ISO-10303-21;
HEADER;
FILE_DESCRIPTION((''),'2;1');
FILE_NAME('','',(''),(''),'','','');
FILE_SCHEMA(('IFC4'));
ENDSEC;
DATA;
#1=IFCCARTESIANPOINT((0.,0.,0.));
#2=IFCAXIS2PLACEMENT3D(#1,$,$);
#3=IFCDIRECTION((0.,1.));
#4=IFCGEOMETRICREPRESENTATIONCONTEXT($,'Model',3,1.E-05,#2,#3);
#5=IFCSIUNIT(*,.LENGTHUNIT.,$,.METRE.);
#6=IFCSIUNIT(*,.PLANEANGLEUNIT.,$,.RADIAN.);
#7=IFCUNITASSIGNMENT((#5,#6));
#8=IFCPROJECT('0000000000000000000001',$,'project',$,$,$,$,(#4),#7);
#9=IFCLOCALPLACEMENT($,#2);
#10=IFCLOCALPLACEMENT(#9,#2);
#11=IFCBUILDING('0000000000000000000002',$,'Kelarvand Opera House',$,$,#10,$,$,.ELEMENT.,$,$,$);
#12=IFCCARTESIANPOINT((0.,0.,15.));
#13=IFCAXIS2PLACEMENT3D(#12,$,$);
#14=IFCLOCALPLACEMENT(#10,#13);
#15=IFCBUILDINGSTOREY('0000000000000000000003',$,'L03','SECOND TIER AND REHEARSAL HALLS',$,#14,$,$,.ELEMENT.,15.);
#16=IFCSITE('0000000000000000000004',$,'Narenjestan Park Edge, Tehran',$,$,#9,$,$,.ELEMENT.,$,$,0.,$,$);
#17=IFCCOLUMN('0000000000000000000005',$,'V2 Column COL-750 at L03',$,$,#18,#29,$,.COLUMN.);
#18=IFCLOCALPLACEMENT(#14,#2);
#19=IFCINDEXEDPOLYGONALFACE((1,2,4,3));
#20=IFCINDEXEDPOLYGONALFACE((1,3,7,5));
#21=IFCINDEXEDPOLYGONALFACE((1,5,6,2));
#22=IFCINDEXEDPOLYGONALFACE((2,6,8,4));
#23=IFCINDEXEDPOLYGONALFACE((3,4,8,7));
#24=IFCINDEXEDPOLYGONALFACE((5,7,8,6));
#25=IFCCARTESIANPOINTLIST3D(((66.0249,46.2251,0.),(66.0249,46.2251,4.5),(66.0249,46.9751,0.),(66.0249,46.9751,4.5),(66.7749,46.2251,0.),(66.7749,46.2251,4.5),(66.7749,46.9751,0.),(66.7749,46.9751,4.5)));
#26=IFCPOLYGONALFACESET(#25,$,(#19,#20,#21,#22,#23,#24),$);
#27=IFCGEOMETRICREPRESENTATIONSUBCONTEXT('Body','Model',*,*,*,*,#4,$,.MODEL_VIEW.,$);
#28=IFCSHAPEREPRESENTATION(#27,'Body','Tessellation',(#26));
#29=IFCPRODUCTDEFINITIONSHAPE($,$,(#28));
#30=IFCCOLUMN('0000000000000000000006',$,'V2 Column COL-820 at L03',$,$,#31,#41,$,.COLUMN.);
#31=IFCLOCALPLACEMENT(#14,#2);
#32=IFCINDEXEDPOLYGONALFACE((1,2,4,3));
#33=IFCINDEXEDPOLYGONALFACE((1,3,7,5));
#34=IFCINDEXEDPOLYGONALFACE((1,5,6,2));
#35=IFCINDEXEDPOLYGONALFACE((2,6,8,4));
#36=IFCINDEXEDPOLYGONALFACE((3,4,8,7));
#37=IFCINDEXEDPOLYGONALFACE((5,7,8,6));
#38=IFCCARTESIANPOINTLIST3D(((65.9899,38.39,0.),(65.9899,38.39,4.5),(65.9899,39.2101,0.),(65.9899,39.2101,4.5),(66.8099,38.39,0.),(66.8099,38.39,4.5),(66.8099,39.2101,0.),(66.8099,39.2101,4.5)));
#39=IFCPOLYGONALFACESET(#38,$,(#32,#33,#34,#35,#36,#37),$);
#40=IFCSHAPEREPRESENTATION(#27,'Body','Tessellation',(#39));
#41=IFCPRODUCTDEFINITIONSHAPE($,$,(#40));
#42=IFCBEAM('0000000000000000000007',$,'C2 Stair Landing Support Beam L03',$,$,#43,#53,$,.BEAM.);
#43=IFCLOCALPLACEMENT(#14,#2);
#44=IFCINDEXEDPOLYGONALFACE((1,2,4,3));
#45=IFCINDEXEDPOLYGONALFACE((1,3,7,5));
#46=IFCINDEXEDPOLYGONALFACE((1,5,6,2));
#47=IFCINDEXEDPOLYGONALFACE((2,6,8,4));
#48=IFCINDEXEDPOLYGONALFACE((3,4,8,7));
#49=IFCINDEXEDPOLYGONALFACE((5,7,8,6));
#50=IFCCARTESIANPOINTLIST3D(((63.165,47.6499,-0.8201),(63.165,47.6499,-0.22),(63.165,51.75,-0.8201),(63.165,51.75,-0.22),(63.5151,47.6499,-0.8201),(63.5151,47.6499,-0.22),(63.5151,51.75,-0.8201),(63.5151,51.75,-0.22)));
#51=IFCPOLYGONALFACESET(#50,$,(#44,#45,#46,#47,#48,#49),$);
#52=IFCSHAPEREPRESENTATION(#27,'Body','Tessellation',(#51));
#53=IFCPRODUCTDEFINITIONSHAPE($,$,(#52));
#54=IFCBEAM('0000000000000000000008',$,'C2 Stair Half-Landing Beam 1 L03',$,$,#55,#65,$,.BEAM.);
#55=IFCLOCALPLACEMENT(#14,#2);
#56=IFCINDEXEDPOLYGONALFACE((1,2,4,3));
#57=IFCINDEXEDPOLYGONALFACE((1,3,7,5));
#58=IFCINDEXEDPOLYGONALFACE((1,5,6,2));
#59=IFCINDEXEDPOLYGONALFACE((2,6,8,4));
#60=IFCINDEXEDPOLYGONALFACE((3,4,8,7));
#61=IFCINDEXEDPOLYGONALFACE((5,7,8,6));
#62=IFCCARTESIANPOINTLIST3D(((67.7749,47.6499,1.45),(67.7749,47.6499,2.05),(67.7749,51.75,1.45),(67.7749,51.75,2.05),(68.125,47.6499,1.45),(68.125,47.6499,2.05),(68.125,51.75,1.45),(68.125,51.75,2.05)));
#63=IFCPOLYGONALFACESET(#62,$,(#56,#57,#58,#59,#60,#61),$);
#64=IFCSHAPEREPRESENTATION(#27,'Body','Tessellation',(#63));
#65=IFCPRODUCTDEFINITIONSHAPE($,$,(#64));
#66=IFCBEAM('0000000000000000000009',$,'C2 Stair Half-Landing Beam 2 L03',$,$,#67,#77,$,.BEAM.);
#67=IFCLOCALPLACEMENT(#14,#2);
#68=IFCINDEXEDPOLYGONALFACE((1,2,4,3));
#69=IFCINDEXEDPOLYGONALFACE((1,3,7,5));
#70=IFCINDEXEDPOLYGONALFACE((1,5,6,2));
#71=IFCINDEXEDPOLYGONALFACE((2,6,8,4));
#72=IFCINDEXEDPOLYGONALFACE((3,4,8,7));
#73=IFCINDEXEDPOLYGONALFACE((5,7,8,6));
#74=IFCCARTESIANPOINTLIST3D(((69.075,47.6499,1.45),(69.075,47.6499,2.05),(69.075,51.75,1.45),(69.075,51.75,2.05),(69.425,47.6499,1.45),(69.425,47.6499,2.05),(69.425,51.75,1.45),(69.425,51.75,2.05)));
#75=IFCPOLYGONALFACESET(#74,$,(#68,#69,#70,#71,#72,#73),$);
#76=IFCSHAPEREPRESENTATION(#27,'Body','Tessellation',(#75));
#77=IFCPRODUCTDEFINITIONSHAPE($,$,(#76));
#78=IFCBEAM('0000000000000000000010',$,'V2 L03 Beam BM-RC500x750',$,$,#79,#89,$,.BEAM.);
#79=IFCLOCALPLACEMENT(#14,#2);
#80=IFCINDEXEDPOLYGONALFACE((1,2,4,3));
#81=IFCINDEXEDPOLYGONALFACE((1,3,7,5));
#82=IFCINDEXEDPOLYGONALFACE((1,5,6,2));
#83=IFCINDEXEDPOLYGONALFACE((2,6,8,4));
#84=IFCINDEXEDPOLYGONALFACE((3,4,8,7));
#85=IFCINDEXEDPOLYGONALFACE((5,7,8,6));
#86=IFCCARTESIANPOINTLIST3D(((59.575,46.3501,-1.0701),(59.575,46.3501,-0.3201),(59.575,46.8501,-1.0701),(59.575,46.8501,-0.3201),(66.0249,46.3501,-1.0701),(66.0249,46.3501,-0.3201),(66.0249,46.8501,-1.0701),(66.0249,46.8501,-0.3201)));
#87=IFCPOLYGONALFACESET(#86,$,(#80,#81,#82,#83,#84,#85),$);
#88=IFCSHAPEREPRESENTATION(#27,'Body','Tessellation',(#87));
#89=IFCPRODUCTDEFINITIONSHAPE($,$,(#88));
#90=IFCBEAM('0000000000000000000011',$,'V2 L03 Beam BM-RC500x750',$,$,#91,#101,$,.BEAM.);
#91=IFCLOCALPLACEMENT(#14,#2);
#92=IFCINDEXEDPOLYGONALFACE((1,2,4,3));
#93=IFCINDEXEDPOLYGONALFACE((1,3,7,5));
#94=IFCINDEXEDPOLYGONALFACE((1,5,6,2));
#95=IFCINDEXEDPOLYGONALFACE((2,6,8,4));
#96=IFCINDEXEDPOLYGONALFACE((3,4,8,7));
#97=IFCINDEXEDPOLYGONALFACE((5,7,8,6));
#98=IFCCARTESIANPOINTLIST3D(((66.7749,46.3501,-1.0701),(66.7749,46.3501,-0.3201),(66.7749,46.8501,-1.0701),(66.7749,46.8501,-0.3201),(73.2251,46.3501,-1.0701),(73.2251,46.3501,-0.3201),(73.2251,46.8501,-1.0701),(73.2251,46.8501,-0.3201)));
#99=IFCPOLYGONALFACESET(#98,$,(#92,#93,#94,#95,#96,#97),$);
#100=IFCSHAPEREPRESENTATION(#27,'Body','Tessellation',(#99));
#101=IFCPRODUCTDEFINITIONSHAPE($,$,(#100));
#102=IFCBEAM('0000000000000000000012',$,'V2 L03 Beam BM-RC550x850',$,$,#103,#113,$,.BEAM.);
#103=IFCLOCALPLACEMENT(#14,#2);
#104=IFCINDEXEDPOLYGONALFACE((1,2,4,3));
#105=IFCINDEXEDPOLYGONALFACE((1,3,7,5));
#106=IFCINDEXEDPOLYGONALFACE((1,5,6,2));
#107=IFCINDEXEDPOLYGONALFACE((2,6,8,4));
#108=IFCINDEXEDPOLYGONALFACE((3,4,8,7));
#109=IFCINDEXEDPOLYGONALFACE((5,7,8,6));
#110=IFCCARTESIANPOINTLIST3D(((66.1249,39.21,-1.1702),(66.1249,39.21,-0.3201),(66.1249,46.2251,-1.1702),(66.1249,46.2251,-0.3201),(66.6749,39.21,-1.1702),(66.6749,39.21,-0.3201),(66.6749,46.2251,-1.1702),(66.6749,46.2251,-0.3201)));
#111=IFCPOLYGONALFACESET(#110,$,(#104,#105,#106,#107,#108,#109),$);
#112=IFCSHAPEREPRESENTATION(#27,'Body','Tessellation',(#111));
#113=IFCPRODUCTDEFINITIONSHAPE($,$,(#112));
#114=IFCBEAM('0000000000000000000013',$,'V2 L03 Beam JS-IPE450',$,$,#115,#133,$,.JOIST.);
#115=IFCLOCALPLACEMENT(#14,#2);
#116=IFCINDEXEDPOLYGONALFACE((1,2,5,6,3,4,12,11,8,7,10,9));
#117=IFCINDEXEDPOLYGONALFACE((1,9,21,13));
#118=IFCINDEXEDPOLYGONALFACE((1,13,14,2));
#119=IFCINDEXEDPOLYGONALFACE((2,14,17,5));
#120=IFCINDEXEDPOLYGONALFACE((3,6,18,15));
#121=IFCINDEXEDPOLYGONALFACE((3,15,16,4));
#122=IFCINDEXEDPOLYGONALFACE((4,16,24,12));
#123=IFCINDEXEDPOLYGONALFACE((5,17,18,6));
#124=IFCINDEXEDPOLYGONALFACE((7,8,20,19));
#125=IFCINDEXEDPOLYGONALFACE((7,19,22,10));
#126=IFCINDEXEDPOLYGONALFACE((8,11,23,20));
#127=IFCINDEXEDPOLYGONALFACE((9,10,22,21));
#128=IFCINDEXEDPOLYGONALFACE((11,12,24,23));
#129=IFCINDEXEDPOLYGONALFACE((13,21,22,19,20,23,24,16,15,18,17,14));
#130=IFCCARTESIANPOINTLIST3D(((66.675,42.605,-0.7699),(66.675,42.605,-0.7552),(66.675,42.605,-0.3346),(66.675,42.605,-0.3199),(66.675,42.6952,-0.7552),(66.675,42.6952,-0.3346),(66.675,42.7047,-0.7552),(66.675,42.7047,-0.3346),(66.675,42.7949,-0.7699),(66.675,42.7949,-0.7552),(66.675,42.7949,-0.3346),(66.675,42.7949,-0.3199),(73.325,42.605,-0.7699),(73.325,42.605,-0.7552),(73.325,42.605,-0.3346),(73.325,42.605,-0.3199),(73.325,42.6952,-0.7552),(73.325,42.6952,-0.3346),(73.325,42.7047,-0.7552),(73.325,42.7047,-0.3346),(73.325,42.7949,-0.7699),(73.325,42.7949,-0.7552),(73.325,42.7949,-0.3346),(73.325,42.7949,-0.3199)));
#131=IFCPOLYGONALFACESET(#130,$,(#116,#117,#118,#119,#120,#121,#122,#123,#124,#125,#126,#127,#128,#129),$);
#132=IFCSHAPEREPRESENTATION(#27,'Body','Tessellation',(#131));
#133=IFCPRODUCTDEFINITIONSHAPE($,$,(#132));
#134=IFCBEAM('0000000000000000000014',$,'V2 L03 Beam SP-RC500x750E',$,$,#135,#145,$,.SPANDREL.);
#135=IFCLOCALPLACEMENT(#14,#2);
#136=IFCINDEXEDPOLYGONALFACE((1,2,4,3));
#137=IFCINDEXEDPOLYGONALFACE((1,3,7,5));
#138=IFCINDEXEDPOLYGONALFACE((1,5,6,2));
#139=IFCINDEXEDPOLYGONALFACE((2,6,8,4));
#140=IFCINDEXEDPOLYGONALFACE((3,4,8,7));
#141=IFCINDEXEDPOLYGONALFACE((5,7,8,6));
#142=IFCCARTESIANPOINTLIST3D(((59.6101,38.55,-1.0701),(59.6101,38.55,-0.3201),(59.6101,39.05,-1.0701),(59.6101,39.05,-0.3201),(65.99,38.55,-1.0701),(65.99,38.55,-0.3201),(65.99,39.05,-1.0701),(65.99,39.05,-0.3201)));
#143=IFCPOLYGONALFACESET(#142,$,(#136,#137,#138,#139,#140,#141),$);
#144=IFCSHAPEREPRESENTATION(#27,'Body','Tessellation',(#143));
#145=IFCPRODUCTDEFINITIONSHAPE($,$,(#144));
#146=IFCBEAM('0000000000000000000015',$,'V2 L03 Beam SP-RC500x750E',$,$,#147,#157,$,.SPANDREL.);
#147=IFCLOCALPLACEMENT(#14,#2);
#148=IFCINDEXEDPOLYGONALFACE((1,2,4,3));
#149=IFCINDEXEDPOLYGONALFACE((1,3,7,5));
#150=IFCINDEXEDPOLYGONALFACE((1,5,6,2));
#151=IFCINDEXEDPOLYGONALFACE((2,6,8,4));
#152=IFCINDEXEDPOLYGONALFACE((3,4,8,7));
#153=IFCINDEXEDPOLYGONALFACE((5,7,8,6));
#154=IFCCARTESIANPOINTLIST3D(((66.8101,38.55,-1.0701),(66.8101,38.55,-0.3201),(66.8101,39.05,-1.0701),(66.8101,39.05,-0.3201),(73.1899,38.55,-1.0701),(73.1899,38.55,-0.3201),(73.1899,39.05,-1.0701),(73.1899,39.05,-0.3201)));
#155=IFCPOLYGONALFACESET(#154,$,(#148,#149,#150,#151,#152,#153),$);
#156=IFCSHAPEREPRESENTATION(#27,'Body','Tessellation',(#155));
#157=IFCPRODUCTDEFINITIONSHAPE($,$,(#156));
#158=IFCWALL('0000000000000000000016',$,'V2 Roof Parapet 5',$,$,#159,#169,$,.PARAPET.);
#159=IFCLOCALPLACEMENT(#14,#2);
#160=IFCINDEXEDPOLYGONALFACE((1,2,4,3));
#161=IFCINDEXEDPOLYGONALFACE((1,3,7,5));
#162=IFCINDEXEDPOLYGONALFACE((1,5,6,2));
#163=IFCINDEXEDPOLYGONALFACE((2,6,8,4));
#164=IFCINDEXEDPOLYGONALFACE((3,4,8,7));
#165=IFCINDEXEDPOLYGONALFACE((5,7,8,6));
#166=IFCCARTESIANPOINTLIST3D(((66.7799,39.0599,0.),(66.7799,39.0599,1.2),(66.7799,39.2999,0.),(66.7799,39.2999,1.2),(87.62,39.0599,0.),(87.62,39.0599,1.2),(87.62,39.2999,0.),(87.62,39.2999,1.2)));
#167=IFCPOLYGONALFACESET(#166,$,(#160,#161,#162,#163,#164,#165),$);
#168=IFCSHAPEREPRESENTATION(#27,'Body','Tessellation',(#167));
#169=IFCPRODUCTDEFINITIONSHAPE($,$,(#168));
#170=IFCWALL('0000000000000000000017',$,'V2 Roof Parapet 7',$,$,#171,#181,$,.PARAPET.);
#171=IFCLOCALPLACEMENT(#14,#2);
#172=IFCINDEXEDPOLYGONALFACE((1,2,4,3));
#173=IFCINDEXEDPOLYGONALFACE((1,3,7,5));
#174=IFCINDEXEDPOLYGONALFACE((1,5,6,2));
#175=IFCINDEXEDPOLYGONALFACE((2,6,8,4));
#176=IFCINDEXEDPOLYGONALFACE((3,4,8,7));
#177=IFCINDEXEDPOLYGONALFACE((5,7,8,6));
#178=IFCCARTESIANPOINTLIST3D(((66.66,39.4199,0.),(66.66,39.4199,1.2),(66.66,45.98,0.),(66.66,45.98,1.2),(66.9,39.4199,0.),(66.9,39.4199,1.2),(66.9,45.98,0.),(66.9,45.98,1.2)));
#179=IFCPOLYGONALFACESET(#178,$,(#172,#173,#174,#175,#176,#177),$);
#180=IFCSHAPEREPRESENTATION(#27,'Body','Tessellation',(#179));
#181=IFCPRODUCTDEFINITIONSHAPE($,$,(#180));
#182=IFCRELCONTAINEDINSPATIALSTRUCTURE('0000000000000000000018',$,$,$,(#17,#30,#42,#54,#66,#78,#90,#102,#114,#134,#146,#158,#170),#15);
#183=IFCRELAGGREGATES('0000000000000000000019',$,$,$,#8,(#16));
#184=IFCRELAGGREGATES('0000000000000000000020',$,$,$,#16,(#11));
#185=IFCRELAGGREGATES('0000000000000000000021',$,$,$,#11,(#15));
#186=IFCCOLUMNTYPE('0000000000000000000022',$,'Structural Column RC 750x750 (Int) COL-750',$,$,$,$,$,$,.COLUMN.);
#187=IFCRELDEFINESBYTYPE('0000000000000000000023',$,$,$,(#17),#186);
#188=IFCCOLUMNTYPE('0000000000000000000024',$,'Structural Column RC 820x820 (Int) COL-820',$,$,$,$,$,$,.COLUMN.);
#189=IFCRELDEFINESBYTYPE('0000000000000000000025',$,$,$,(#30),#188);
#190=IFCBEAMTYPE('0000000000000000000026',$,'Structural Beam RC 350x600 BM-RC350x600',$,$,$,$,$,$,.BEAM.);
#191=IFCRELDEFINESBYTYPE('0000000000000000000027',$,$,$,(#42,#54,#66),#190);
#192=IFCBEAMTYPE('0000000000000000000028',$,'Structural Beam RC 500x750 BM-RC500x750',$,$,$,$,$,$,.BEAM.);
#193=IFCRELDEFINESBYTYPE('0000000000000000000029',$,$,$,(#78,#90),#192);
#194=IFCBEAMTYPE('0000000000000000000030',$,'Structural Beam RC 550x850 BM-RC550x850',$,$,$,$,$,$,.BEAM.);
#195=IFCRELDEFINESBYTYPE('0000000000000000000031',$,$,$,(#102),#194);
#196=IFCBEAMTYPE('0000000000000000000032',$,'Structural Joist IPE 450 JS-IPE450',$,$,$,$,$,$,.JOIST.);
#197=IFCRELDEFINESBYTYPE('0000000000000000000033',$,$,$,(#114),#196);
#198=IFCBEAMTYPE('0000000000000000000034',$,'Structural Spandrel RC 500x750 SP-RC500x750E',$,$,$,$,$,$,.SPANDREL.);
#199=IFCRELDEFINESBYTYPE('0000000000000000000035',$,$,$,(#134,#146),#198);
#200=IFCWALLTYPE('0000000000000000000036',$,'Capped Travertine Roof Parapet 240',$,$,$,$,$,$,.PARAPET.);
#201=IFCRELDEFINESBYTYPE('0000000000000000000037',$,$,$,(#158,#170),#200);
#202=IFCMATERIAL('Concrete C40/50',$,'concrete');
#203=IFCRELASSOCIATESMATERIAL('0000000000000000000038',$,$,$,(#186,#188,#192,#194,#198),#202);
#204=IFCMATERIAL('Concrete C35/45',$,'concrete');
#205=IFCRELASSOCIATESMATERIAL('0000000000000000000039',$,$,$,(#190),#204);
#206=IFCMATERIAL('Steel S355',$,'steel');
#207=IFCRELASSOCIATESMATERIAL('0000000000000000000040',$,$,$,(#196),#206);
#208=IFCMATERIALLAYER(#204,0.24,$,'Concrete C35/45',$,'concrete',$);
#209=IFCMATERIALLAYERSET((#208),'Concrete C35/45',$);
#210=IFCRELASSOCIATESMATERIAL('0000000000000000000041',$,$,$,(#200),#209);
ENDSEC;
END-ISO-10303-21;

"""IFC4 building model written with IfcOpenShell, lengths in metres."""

from ifc_helpers import new_model, si_unit, direction, frame, frame_2d, origin, origin_2d, place, context, subcontext, project, spatial, rectangle, i_section, extrude, material, layer, layer_set, material_profile, profile_set, type_object, element, save


model = new_model("IFC4")

# Units and contexts
model_context = context("Model", 3, precision=1e-05, world=origin(), true_north=direction((0.0, 1.0)))
body_context = subcontext(model_context, "Body", "Model", "MODEL_VIEW")
ifc_project = project(units=[si_unit("LENGTHUNIT", "METRE"), si_unit("PLANEANGLEUNIT", "RADIAN")], contexts=[model_context])

# Site, building, storey
site_placement = place(None, origin())
site = spatial("IfcSite", under=ifc_project, at=site_placement, Name="Narenjestan Park Edge, Tehran", CompositionType="ELEMENT", RefElevation=0.0)
building_placement = place(site_placement, origin())
building = spatial("IfcBuilding", under=site, at=building_placement, Name="Kelarvand Opera House", CompositionType="ELEMENT")
storey_placement = place(building_placement, frame((0.0, 0.0, 15.0)))
storey = spatial("IfcBuildingStorey", under=building, at=storey_placement, Name="L03", Description="SECOND TIER AND REHEARSAL HALLS", CompositionType="ELEMENT", Elevation=15.0)

# Columns
ifc_material_1 = material(Name="Concrete C40/50", Category="concrete")
ifc_material_profile_1 = material_profile(ifc_material_1, rectangle(XDim=0.75, YDim=0.75, at=origin_2d()), Name="RC 750x750", Category="concrete")
ifc_profile_set_1 = profile_set([ifc_material_profile_1], Name="Concrete C40/50")
column_type_1 = type_object("IfcColumnType", Name="Structural Column RC 750x750 (Int) COL-750", PredefinedType="COLUMN", material=ifc_profile_set_1)
column_1_placement = place(storey_placement, frame((66.3999, 46.6001, 0.0), z_axis=(0.0, 0.0, 1.0), x_axis=(1.0, 0.0, 0.0)))
element("IfcColumn", 1, at=column_1_placement, inside=storey, type_object=column_type_1, Name="V2 Column COL-750 at L03", PredefinedType="COLUMN", context=body_context, shape_type="SweptSolid", body=[
    extrude(rectangle(XDim=0.75, YDim=0.75, at=origin_2d()), origin(), (0.0, 0.0, 1.0), 4.5),
])
ifc_material_profile_2 = material_profile(ifc_material_1, rectangle(XDim=0.8201, YDim=0.8201, at=origin_2d()), Name="RC 820x820", Category="concrete")
ifc_profile_set_2 = profile_set([ifc_material_profile_2], Name="Concrete C40/50")
column_type_2 = type_object("IfcColumnType", Name="Structural Column RC 820x820 (Int) COL-820", PredefinedType="COLUMN", material=ifc_profile_set_2)
column_2_placement = place(storey_placement, frame((66.3999, 38.8, 0.0), z_axis=(0.0, 0.0, 1.0), x_axis=(1.0, 0.0, 0.0)))
element("IfcColumn", 2, at=column_2_placement, inside=storey, type_object=column_type_2, Name="V2 Column COL-820 at L03", PredefinedType="COLUMN", context=body_context, shape_type="SweptSolid", body=[
    extrude(rectangle(XDim=0.8201, YDim=0.8201, at=origin_2d()), origin(), (0.0, 0.0, 1.0), 4.5),
])

# Beams
ifc_material_2 = material(Name="Concrete C35/45", Category="concrete")
ifc_material_profile_3 = material_profile(ifc_material_2, rectangle(XDim=0.3501, YDim=0.6001, at=origin_2d()), Name="RC 350x600", Category="concrete")
ifc_profile_set_3 = profile_set([ifc_material_profile_3], Name="Concrete C35/45")
beam_type_1 = type_object("IfcBeamType", Name="Structural Beam RC 350x600 BM-RC350x600", PredefinedType="BEAM", material=ifc_profile_set_3)
for number, where, z_axis, x_axis, name in (
    (3, (63.3401, 47.6499, -0.52), (0.0, 1.0, 0.0), (-1.0, 0.0, 0.0), "C2 Stair Landing Support Beam L03"),
    (4, (67.95, 47.6499, 1.75), (0.0, 1.0, 0.0), (-1.0, 0.0, 0.0), "C2 Stair Half-Landing Beam 1 L03"),
    (5, (69.25, 47.6499, 1.75), (0.0, 1.0, 0.0), (-1.0, 0.0, 0.0), "C2 Stair Half-Landing Beam 2 L03"),
):
    element("IfcBeam", number, at=place(storey_placement, frame(where, z_axis=z_axis, x_axis=x_axis)), inside=storey, type_object=beam_type_1, Name=name, PredefinedType="BEAM", context=body_context, shape_type="SweptSolid", body=[
        extrude(rectangle(XDim=0.3501, YDim=0.6001, at=origin_2d()), origin(), (0.0, 0.0, 1.0), 4.1001),
    ])
ifc_material_profile_4 = material_profile(ifc_material_1, rectangle(XDim=0.5, YDim=0.75, at=origin_2d()), Name="RC 500x750", Category="concrete")
ifc_profile_set_4 = profile_set([ifc_material_profile_4], Name="Concrete C40/50")
beam_type_2 = type_object("IfcBeamType", Name="Structural Beam RC 500x750 BM-RC500x750", PredefinedType="BEAM", material=ifc_profile_set_4)
beam_1_placement = place(storey_placement, frame((59.575, 46.6001, -0.6951), z_axis=(1.0, 0.0, 0.0), x_axis=(0.0, 1.0, 0.0)))
element("IfcBeam", 6, at=beam_1_placement, inside=storey, type_object=beam_type_2, Name="V2 L03 Beam BM-RC500x750", PredefinedType="BEAM", context=body_context, shape_type="SweptSolid", body=[
    extrude(rectangle(XDim=0.5, YDim=0.75, at=origin_2d()), origin(), (0.0, 0.0, 1.0), 6.45),
])
beam_2_placement = place(storey_placement, frame((66.7749, 46.6001, -0.6951), z_axis=(1.0, 0.0, 0.0), x_axis=(0.0, 1.0, 0.0)))
element("IfcBeam", 7, at=beam_2_placement, inside=storey, type_object=beam_type_2, Name="V2 L03 Beam BM-RC500x750", PredefinedType="BEAM", context=body_context, shape_type="SweptSolid", body=[
    extrude(rectangle(XDim=0.5, YDim=0.75, at=origin_2d()), origin(), (0.0, 0.0, 1.0), 6.4502),
])
ifc_material_profile_5 = material_profile(ifc_material_1, rectangle(XDim=0.55, YDim=0.8501, at=origin_2d()), Name="RC 550x850", Category="concrete")
ifc_profile_set_5 = profile_set([ifc_material_profile_5], Name="Concrete C40/50")
beam_type_3 = type_object("IfcBeamType", Name="Structural Beam RC 550x850 BM-RC550x850", PredefinedType="BEAM", material=ifc_profile_set_5)
beam_3_placement = place(storey_placement, frame((66.3999, 39.21, -0.7451), z_axis=(0.0, 1.0, 0.0), x_axis=(-1.0, 0.0, 0.0)))
element("IfcBeam", 8, at=beam_3_placement, inside=storey, type_object=beam_type_3, Name="V2 L03 Beam BM-RC550x850", PredefinedType="BEAM", context=body_context, shape_type="SweptSolid", body=[
    extrude(rectangle(XDim=0.55, YDim=0.8501, at=origin_2d()), origin(), (0.0, 0.0, 1.0), 7.0151),
])
ifc_material_3 = material(Name="Steel S355", Category="steel")
ifc_material_profile_6 = material_profile(ifc_material_3, i_section(OverallWidth=0.1899, OverallDepth=0.45, WebThickness=0.0095, FlangeThickness=0.0146, at=origin_2d()), Name="IPE 450", Category="steel")
ifc_profile_set_6 = profile_set([ifc_material_profile_6], Name="Steel S355")
beam_type_4 = type_object("IfcBeamType", Name="Structural Joist IPE 450 JS-IPE450", PredefinedType="JOIST", material=ifc_profile_set_6)
beam_4_placement = place(storey_placement, frame((66.675, 42.7, -0.5449), z_axis=(1.0, 0.0, 0.0), x_axis=(0.0, 1.0, 0.0)))
element("IfcBeam", 9, at=beam_4_placement, inside=storey, type_object=beam_type_4, Name="V2 L03 Beam JS-IPE450", PredefinedType="JOIST", context=body_context, shape_type="SweptSolid", body=[
    extrude(i_section(OverallWidth=0.1899, OverallDepth=0.45, WebThickness=0.0095, FlangeThickness=0.0146, at=origin_2d()), origin(), (0.0, 0.0, 1.0), 6.6499),
])
ifc_material_profile_7 = material_profile(ifc_material_1, rectangle(XDim=0.5, YDim=0.75, at=origin_2d()), Name="RC 500x750", Category="concrete")
ifc_profile_set_7 = profile_set([ifc_material_profile_7], Name="Concrete C40/50")
beam_type_5 = type_object("IfcBeamType", Name="Structural Spandrel RC 500x750 SP-RC500x750E", PredefinedType="SPANDREL", material=ifc_profile_set_7)
for number, where, z_axis, x_axis, name in (
    (10, (59.6101, 38.8, -0.6951), (1.0, 0.0, 0.0), (0.0, 1.0, 0.0), "V2 L03 Beam SP-RC500x750E"),
    (11, (66.8101, 38.8, -0.6951), (1.0, 0.0, 0.0), (0.0, 1.0, 0.0), "V2 L03 Beam SP-RC500x750E"),
):
    element("IfcBeam", number, at=place(storey_placement, frame(where, z_axis=z_axis, x_axis=x_axis)), inside=storey, type_object=beam_type_5, Name=name, PredefinedType="SPANDREL", context=body_context, shape_type="SweptSolid", body=[
        extrude(rectangle(XDim=0.5, YDim=0.75, at=origin_2d()), origin(), (0.0, 0.0, 1.0), 6.3799),
    ])

# Walls
ifc_layer_1 = layer(ifc_material_2, 0.24, Name="Concrete C35/45", Category="concrete")
ifc_layer_set_1 = layer_set([ifc_layer_1], Name="Concrete C35/45")
wall_type_1 = type_object("IfcWallType", Name="Capped Travertine Roof Parapet 240", PredefinedType="PARAPET", material=ifc_layer_set_1)
wall_1_placement = place(storey_placement, frame((66.78, 39.1799, 0.0), z_axis=(0.0, 0.0, 1.0), x_axis=(1.0, 0.0, 0.0)))
element("IfcWall", 12, at=wall_1_placement, inside=storey, type_object=wall_type_1, Name="V2 Roof Parapet 5", PredefinedType="PARAPET", context=body_context, shape_type="SweptSolid", body=[
    extrude(rectangle(XDim=20.8401, YDim=0.24, at=frame_2d((10.4199, 0.0))), origin(), (0.0, 0.0, 1.0), 1.2),
])
wall_2_placement = place(storey_placement, frame((66.78, 45.98, 0.0), z_axis=(0.0, 0.0, 1.0), x_axis=(0.0, -1.0, 0.0)))
element("IfcWall", 13, at=wall_2_placement, inside=storey, type_object=wall_type_1, Name="V2 Roof Parapet 7", PredefinedType="PARAPET", context=body_context, shape_type="SweptSolid", body=[
    extrude(rectangle(XDim=6.5601, YDim=0.24, at=frame_2d((3.28, 0.0))), origin(), (0.0, 0.0, 1.0), 1.2),
])

save(model, "model.ifc")
